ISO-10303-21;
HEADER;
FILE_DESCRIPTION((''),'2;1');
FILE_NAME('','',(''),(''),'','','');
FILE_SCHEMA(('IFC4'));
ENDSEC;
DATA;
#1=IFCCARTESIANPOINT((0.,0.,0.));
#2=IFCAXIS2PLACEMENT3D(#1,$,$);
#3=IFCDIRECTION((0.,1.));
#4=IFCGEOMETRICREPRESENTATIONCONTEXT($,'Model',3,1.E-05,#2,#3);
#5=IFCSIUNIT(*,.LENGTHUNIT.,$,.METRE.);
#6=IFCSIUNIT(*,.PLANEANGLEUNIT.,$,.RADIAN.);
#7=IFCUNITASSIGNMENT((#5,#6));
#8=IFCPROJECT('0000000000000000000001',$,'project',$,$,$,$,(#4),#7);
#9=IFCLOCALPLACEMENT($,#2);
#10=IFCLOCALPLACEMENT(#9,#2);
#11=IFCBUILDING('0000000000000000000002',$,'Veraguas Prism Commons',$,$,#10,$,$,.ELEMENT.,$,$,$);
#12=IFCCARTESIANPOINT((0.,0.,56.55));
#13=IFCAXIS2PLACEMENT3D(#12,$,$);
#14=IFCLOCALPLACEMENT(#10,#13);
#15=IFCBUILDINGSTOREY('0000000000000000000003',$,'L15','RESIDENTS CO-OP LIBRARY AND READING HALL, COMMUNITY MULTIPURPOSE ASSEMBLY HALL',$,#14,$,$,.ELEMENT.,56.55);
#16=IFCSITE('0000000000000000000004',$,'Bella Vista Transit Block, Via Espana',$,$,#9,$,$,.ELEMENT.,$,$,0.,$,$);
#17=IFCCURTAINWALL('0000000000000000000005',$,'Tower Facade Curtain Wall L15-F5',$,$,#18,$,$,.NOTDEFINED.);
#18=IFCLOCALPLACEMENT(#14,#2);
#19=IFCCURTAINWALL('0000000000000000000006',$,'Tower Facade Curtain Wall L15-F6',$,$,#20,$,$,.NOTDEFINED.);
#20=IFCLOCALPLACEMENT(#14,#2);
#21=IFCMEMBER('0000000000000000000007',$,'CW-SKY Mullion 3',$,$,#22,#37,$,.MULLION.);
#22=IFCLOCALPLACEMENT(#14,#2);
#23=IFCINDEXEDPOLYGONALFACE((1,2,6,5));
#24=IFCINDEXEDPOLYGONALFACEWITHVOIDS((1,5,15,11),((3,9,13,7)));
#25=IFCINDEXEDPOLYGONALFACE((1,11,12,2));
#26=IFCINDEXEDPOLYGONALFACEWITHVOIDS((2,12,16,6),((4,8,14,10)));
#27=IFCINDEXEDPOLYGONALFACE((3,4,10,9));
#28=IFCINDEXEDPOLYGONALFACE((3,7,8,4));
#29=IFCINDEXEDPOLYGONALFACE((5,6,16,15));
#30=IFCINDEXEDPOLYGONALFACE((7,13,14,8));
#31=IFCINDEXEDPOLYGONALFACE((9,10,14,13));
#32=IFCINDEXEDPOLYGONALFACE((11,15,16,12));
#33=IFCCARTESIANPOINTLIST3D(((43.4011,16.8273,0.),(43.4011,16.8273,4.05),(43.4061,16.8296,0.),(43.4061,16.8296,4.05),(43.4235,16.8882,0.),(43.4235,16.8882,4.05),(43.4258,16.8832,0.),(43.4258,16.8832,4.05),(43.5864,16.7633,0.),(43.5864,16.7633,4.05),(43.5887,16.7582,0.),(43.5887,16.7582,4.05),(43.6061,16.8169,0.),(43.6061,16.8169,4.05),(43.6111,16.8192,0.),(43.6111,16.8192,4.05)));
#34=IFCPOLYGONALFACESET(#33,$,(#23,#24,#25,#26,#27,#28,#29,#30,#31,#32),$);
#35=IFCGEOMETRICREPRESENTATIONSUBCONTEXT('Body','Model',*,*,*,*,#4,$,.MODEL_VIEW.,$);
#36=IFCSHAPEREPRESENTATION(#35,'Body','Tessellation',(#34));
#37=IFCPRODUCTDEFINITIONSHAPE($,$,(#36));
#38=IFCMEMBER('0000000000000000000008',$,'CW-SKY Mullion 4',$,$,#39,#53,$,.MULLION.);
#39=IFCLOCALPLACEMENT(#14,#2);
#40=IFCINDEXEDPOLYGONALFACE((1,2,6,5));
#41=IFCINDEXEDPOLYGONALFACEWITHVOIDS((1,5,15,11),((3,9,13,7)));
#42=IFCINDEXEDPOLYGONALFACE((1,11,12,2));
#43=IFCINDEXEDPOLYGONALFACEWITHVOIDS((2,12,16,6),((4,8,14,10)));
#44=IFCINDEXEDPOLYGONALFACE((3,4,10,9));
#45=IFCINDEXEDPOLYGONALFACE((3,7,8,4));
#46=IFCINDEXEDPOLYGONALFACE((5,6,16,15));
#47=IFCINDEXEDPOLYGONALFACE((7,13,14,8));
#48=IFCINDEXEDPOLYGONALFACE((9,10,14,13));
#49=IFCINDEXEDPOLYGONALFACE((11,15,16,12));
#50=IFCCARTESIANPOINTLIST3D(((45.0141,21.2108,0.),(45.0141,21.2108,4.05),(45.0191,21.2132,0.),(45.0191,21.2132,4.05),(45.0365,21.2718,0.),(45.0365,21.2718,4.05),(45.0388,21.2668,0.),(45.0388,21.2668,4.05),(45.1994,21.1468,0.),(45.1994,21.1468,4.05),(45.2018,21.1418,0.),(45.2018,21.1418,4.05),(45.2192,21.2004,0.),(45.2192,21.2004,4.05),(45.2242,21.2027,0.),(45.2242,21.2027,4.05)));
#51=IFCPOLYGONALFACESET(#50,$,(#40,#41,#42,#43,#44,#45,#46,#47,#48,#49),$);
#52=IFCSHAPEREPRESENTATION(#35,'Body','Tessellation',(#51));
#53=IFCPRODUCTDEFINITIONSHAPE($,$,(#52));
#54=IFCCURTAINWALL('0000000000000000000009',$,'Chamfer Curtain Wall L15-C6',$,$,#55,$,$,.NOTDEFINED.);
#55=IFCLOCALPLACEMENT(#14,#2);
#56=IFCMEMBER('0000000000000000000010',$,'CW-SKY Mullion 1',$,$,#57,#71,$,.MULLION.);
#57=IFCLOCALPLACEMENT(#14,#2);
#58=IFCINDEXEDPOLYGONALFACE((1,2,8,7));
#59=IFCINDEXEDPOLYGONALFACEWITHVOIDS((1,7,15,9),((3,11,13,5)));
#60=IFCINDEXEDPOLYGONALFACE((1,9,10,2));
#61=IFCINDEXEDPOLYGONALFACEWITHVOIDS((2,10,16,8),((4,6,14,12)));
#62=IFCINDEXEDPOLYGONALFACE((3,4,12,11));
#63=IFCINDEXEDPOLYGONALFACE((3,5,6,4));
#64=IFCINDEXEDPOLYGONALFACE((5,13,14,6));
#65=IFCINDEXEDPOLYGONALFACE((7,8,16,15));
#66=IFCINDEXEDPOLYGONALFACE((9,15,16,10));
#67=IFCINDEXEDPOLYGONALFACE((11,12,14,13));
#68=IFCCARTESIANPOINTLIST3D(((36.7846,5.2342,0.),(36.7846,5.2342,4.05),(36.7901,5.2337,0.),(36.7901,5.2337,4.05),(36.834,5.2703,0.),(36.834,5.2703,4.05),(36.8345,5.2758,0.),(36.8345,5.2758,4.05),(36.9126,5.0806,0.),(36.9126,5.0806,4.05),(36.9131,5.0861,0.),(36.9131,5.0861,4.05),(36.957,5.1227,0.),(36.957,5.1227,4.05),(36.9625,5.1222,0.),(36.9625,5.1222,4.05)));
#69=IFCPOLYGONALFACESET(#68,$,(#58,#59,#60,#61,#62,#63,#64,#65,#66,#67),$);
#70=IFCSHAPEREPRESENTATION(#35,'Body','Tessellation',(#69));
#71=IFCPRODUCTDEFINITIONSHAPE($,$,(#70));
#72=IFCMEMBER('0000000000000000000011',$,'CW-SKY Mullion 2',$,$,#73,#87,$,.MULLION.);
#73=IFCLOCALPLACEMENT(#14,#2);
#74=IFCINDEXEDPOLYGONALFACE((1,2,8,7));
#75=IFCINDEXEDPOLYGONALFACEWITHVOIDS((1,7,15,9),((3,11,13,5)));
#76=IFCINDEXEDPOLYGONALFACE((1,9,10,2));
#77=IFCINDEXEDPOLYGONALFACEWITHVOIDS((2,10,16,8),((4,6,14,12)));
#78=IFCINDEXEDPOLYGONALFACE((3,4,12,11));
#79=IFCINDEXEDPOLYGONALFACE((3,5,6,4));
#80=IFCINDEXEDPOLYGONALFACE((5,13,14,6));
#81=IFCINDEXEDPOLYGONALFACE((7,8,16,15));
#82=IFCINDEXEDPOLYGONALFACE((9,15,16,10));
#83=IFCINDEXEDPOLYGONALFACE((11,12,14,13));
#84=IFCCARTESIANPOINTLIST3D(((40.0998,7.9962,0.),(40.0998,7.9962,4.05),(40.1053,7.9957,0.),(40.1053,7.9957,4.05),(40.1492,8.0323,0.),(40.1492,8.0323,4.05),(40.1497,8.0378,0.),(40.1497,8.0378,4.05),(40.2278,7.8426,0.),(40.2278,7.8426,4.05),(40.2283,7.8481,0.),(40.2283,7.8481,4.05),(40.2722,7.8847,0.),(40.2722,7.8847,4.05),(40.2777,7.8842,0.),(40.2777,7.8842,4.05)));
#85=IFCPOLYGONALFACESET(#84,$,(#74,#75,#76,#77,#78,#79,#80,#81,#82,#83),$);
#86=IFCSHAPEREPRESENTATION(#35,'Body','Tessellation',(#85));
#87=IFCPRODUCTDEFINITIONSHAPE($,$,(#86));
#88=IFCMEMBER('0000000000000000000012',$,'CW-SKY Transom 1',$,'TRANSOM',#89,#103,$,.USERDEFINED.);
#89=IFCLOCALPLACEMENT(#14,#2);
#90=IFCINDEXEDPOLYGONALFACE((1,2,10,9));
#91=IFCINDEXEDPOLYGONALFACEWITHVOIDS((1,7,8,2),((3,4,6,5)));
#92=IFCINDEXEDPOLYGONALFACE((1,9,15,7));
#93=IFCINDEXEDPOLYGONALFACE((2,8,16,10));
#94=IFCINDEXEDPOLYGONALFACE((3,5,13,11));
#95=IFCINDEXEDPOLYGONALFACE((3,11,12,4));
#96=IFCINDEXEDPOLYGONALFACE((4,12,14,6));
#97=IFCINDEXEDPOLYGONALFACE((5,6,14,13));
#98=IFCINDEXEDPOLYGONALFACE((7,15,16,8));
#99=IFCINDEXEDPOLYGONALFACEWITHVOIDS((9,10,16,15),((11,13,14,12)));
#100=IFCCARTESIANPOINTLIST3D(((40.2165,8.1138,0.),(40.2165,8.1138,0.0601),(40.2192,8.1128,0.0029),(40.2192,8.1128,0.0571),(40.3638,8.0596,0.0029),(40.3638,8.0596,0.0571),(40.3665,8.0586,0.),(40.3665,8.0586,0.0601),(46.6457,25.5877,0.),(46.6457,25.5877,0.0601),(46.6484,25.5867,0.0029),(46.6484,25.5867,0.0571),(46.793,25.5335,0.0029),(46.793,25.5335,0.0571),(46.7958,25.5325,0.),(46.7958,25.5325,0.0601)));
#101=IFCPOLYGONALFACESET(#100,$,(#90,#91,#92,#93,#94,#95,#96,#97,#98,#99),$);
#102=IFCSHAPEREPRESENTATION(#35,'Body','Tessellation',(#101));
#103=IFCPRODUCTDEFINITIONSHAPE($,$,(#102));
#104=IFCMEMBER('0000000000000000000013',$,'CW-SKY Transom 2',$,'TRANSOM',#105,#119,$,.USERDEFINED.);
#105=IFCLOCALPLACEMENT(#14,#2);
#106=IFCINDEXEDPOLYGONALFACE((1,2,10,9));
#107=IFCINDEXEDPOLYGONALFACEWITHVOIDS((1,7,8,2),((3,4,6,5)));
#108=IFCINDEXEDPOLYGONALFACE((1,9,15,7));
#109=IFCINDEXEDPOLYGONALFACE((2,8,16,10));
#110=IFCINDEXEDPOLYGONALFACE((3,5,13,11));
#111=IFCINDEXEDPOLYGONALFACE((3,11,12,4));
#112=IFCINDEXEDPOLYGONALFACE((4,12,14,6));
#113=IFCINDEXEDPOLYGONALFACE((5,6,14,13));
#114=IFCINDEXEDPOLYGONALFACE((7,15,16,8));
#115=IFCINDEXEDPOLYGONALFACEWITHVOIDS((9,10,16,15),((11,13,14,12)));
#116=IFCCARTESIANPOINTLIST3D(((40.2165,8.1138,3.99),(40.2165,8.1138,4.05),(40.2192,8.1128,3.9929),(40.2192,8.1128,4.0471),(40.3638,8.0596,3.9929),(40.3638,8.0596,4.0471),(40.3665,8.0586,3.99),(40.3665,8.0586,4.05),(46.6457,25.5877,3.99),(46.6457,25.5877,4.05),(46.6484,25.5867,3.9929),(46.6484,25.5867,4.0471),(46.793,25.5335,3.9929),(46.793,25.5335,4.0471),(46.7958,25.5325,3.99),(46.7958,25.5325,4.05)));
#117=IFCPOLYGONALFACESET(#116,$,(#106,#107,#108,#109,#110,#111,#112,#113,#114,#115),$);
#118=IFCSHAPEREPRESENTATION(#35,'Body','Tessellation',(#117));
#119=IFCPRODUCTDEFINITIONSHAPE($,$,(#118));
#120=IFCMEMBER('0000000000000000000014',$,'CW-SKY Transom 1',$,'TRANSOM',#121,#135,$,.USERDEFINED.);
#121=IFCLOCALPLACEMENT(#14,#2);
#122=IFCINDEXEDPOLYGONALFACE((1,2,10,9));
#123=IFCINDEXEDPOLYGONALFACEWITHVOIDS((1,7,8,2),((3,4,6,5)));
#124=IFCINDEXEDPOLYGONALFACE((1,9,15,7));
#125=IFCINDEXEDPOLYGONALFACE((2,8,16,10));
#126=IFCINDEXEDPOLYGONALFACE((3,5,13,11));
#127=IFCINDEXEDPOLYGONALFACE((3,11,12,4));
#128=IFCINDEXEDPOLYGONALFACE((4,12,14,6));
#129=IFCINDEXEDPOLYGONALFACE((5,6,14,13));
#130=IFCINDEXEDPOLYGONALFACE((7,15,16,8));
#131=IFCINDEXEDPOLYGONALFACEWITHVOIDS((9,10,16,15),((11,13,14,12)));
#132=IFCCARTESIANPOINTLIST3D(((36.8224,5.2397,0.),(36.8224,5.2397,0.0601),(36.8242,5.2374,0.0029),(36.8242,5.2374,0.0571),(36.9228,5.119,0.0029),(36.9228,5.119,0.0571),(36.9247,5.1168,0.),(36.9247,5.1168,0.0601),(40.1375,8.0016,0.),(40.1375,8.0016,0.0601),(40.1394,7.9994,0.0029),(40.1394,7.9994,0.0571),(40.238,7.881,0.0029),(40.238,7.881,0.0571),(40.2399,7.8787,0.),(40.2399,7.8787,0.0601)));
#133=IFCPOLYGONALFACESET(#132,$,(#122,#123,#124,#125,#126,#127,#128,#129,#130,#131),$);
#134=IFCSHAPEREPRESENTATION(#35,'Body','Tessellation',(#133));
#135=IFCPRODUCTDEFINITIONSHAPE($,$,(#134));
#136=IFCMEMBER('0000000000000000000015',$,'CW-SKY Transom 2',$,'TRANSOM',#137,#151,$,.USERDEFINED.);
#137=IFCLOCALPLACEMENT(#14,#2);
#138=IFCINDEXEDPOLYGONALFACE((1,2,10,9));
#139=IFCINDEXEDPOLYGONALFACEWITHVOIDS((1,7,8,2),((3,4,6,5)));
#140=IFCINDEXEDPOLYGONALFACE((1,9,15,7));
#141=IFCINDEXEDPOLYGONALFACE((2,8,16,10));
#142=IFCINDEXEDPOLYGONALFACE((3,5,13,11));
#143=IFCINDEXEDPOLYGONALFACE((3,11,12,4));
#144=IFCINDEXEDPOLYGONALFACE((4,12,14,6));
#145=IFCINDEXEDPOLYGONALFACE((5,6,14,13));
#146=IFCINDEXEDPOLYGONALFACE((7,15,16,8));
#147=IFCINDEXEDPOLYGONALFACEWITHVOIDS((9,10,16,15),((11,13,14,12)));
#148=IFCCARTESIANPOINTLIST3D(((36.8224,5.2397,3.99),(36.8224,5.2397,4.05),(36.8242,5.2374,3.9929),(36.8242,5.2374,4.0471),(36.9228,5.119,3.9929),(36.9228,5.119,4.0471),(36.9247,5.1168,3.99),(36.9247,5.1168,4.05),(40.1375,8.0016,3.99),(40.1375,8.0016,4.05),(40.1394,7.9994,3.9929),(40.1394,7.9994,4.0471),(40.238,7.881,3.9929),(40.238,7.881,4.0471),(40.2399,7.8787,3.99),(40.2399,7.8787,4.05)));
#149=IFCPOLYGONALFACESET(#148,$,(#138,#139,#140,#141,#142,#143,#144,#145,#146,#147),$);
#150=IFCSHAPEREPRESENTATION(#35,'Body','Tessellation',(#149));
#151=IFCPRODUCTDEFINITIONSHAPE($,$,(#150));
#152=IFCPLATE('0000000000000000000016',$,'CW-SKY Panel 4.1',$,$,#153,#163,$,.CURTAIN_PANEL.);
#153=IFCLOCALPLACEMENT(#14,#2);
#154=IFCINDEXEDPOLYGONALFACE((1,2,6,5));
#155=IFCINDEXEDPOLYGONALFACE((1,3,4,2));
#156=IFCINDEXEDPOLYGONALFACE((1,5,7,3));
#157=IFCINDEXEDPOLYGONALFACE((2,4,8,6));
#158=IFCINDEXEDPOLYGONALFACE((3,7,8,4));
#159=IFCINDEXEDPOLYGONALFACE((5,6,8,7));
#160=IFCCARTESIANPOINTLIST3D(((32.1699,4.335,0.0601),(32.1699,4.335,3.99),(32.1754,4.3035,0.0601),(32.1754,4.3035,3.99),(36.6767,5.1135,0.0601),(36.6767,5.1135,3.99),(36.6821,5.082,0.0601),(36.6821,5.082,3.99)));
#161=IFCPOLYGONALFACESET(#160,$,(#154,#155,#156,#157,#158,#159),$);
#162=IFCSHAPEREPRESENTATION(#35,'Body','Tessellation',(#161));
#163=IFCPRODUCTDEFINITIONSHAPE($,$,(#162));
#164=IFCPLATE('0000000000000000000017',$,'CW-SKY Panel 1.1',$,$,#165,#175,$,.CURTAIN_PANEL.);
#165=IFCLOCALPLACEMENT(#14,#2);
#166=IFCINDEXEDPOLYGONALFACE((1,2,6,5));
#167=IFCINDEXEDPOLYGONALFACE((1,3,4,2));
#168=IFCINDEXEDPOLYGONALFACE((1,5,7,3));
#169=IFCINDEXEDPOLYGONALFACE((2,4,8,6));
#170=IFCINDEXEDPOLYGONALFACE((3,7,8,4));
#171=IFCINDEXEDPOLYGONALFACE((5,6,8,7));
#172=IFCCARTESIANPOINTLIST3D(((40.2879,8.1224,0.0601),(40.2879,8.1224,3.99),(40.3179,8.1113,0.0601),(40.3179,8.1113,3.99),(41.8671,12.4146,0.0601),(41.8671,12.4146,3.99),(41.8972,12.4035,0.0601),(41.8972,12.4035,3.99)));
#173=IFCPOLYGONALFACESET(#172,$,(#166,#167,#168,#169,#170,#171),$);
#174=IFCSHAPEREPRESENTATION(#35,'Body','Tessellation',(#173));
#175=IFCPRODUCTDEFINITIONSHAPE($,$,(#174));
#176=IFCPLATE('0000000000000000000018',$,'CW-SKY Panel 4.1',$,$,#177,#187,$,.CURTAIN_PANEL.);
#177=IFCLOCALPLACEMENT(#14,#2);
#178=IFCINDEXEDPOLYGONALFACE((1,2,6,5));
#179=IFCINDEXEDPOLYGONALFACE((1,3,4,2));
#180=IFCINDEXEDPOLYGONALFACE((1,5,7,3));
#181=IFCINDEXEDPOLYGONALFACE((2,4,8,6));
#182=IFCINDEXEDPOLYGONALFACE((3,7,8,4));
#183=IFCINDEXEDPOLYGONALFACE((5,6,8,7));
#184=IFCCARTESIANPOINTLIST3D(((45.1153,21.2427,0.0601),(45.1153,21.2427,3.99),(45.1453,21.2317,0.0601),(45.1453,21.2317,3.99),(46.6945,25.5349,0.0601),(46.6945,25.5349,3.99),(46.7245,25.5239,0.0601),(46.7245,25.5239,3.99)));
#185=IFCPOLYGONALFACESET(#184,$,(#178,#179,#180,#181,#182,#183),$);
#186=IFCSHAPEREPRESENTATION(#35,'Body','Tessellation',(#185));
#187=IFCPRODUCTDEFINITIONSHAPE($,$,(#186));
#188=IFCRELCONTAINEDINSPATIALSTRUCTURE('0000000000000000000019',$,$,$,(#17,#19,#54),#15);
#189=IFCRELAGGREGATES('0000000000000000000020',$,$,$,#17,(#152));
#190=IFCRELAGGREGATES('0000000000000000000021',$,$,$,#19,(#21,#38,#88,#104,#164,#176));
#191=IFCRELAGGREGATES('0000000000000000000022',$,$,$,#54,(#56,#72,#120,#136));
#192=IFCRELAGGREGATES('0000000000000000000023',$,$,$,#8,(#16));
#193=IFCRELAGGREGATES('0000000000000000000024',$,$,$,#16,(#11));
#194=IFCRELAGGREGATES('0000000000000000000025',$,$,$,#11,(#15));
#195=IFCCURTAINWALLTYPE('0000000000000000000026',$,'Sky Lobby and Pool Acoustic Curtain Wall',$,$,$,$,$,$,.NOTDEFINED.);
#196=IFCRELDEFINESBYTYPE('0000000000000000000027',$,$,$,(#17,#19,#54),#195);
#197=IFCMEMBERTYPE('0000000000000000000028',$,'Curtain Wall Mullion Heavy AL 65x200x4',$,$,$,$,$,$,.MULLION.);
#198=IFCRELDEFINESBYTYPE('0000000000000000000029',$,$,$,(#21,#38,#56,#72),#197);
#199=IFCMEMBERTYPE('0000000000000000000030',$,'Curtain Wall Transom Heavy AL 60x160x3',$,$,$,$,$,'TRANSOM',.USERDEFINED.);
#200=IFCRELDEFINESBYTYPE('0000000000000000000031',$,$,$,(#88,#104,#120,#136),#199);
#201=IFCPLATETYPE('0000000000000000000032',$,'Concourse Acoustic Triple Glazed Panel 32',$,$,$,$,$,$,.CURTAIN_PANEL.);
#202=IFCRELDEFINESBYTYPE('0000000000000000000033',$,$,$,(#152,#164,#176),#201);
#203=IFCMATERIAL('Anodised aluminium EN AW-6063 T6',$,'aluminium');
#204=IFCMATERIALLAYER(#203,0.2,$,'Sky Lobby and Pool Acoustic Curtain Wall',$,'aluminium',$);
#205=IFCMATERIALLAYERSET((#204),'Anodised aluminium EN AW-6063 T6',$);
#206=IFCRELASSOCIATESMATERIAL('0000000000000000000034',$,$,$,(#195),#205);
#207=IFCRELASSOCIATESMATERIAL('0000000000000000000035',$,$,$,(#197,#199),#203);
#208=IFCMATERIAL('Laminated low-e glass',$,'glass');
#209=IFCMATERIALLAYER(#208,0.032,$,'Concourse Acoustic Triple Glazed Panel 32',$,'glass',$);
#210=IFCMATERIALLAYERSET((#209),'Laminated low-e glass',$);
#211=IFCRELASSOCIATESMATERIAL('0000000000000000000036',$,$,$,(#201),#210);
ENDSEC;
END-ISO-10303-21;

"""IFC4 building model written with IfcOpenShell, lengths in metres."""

from ifc_helpers import new_model, si_unit, direction, frame, origin, origin_2d, place, context, subcontext, project, spatial, rectangle, hollow_rectangle, extrude, source, transform, mapped, material, layer, layer_set, material_profile, profile_set, type_object, element, aggregate, save


model = new_model("IFC4")

# Units and contexts
model_context = context("Model", 3, precision=1e-05, world=origin(), true_north=direction((0.0, 1.0)))
body_context = subcontext(model_context, "Body", "Model", "MODEL_VIEW")
ifc_project = project(units=[si_unit("LENGTHUNIT", "METRE"), si_unit("PLANEANGLEUNIT", "RADIAN")], contexts=[model_context])

# Site, building, storey
site_placement = place(None, origin())
site = spatial("IfcSite", under=ifc_project, at=site_placement, Name="Bella Vista Transit Block, Via Espana", CompositionType="ELEMENT", RefElevation=0.0)
building_placement = place(site_placement, origin())
building = spatial("IfcBuilding", under=site, at=building_placement, Name="Veraguas Prism Commons", CompositionType="ELEMENT")
storey_placement = place(building_placement, frame((0.0, 0.0, 56.55)))
storey = spatial("IfcBuildingStorey", under=building, at=storey_placement, Name="L15", Description="RESIDENTS CO-OP LIBRARY AND READING HALL, COMMUNITY MULTIPURPOSE ASSEMBLY HALL", CompositionType="ELEMENT", Elevation=56.55)

# Curtain walls, members
ifc_material_1 = material(Name="Anodised aluminium EN AW-6063 T6", Category="aluminium")
ifc_layer_1 = layer(ifc_material_1, 0.2, Name="Sky Lobby and Pool Acoustic Curtain Wall", Category="aluminium")
ifc_layer_set_1 = layer_set([ifc_layer_1], Name="Anodised aluminium EN AW-6063 T6")
curtain_wall_type = type_object("IfcCurtainWallType", Name="Sky Lobby and Pool Acoustic Curtain Wall", PredefinedType="NOTDEFINED", material=ifc_layer_set_1)
curtain_wall_1_placement = place(storey_placement, origin())
curtain_wall_1 = element("IfcCurtainWall", 1, at=curtain_wall_1_placement, inside=storey, type_object=curtain_wall_type, Name="Tower Facade Curtain Wall L15-F5", PredefinedType="NOTDEFINED")
ifc_material_profile_1 = material_profile(ifc_material_1, hollow_rectangle(XDim=0.0649, YDim=0.2, WallThickness=0.0039, at=origin_2d()), Name="AL65X200X4")
ifc_profile_set_1 = profile_set([ifc_material_profile_1], Name="Anodised aluminium EN AW-6063 T6")
member_type_1 = type_object("IfcMemberType", Name="Curtain Wall Mullion Heavy AL 65x200x4", PredefinedType="MULLION", material=ifc_profile_set_1)
shared_shape_1 = source(origin(), body_context, "Body", "SweptSolid", [
    extrude(hollow_rectangle(XDim=0.0649, YDim=0.2, WallThickness=0.0039, at=origin_2d()), origin(), (0.0, 0.0, 1.0), 4.05),
])
curtain_wall_2_placement = place(storey_placement, origin())
curtain_wall_2 = element("IfcCurtainWall", 2, at=curtain_wall_2_placement, inside=storey, type_object=curtain_wall_type, Name="Tower Facade Curtain Wall L15-F6", PredefinedType="NOTDEFINED")
member_1_placement = place(storey_placement, frame((43.5061, 16.8232, 0.0), z_axis=(0.0, 0.0, 1.0), x_axis=(0.345301, 0.938492, 0.0)))
member_1 = element("IfcMember", 3, at=member_1_placement, type_object=member_type_1, Name="CW-SKY Mullion 3", PredefinedType="MULLION", context=body_context, shape_type="MappedRepresentation", body=[
    mapped(shared_shape_1, transform((0.0, 0.0, 0.0), scale=1.0)),
])
member_2_placement = place(storey_placement, frame((45.1191, 21.2068, 0.0), z_axis=(0.0, 0.0, 1.0), x_axis=(0.345301, 0.938492, 0.0)))
member_2 = element("IfcMember", 4, at=member_2_placement, type_object=member_type_1, Name="CW-SKY Mullion 4", PredefinedType="MULLION", context=body_context, shape_type="MappedRepresentation", body=[
    mapped(shared_shape_1, transform((0.0, 0.0, 0.0), scale=1.0)),
])
curtain_wall_3_placement = place(storey_placement, origin())
curtain_wall_3 = element("IfcCurtainWall", 5, at=curtain_wall_3_placement, inside=storey, type_object=curtain_wall_type, Name="Chamfer Curtain Wall L15-C6", PredefinedType="NOTDEFINED")
member_3_placement = place(storey_placement, frame((36.8735, 5.1782, 0.0), z_axis=(0.0, 0.0, 1.0), x_axis=(0.768273, 0.640122, 0.0)))
member_3 = element("IfcMember", 6, at=member_3_placement, type_object=member_type_1, Name="CW-SKY Mullion 1", PredefinedType="MULLION", context=body_context, shape_type="MappedRepresentation", body=[
    mapped(shared_shape_1, transform((0.0, 0.0, 0.0), scale=1.0)),
])
member_4_placement = place(storey_placement, frame((40.1887, 7.9402, 0.0), z_axis=(0.0, 0.0, 1.0), x_axis=(0.768273, 0.640122, 0.0)))
member_4 = element("IfcMember", 7, at=member_4_placement, type_object=member_type_1, Name="CW-SKY Mullion 2", PredefinedType="MULLION", context=body_context, shape_type="MappedRepresentation", body=[
    mapped(shared_shape_1, transform((0.0, 0.0, 0.0), scale=1.0)),
])

# Members
ifc_material_profile_2 = material_profile(ifc_material_1, hollow_rectangle(XDim=0.0601, YDim=0.1599, WallThickness=0.0029, at=origin_2d()), Name="AL60X160X3")
ifc_profile_set_2 = profile_set([ifc_material_profile_2], Name="Anodised aluminium EN AW-6063 T6")
member_type_2 = type_object("IfcMemberType", Name="Curtain Wall Transom Heavy AL 60x160x3", ElementType="TRANSOM", PredefinedType="USERDEFINED", material=ifc_profile_set_2)
shared_shape_2 = source(origin(), body_context, "Body", "SweptSolid", [
    extrude(hollow_rectangle(XDim=0.0601, YDim=0.1599, WallThickness=0.0029, at=origin_2d()), origin(), (0.0, 0.0, 1.0), 18.6191),
])
member_5_placement = place(storey_placement, frame((40.2915, 8.0862, 0.03), z_axis=(0.345301, 0.938492, 0.0), x_axis=(0.0, 0.0, 1.0)))
member_5 = element("IfcMember", 8, at=member_5_placement, type_object=member_type_2, Name="CW-SKY Transom 1", ObjectType="TRANSOM", PredefinedType="USERDEFINED", context=body_context, shape_type="MappedRepresentation", body=[
    mapped(shared_shape_2, transform((0.0, 0.0, 0.0), scale=1.0)),
])
member_6_placement = place(storey_placement, frame((40.2915, 8.0862, 4.02), z_axis=(0.345301, 0.938492, 0.0), x_axis=(0.0, 0.0, 1.0)))
member_6 = element("IfcMember", 9, at=member_6_placement, type_object=member_type_2, Name="CW-SKY Transom 2", ObjectType="TRANSOM", PredefinedType="USERDEFINED", context=body_context, shape_type="MappedRepresentation", body=[
    mapped(shared_shape_2, transform((0.0, 0.0, 0.0), scale=1.0)),
])
shared_shape_3 = source(origin(), body_context, "Body", "SweptSolid", [
    extrude(hollow_rectangle(XDim=0.0601, YDim=0.1599, WallThickness=0.0029, at=origin_2d()), origin(), (0.0, 0.0, 1.0), 4.3149),
])
member_7_placement = place(storey_placement, frame((36.8735, 5.1782, 0.03), z_axis=(0.7683, 0.64009, 0.0), x_axis=(0.0, 0.0, 1.0)))
member_7 = element("IfcMember", 10, at=member_7_placement, type_object=member_type_2, Name="CW-SKY Transom 1", ObjectType="TRANSOM", PredefinedType="USERDEFINED", context=body_context, shape_type="MappedRepresentation", body=[
    mapped(shared_shape_3, transform((0.0, 0.0, 0.0), scale=1.0)),
])
member_8_placement = place(storey_placement, frame((36.8735, 5.1782, 4.02), z_axis=(0.7683, 0.64009, 0.0), x_axis=(0.0, 0.0, 1.0)))
member_8 = element("IfcMember", 11, at=member_8_placement, type_object=member_type_2, Name="CW-SKY Transom 2", ObjectType="TRANSOM", PredefinedType="USERDEFINED", context=body_context, shape_type="MappedRepresentation", body=[
    mapped(shared_shape_3, transform((0.0, 0.0, 0.0), scale=1.0)),
])

# Plates
ifc_material_2 = material(Name="Laminated low-e glass", Category="glass")
ifc_layer_2 = layer(ifc_material_2, 0.032, Name="Concourse Acoustic Triple Glazed Panel 32", Category="glass")
ifc_layer_set_2 = layer_set([ifc_layer_2], Name="Laminated low-e glass")
plate_type = type_object("IfcPlateType", Name="Concourse Acoustic Triple Glazed Panel 32", PredefinedType="CURTAIN_PANEL", material=ifc_layer_set_2)
shared_shape_4 = source(origin(), body_context, "Body", "SweptSolid", [
    extrude(rectangle(XDim=4.5735, YDim=0.032, at=origin_2d()), origin(), (0.0, 0.0, 1.0), 3.9299),
])
plate_1_placement = place(storey_placement, frame((34.426, 4.7085, 0.0601), z_axis=(0.0, 0.0, 1.0), x_axis=(0.985408, 0.170209, 0.0)))
plate_1 = element("IfcPlate", 12, at=plate_1_placement, type_object=plate_type, Name="CW-SKY Panel 4.1", PredefinedType="CURTAIN_PANEL", context=body_context, shape_type="MappedRepresentation", body=[
    mapped(shared_shape_4, transform((0.0, 0.0, 0.0), scale=1.0)),
])
aggregate(curtain_wall_1, [plate_1])
plate_2_placement = place(storey_placement, frame((41.0925, 10.2629, 0.0601), z_axis=(0.0, 0.0, 1.0), x_axis=(0.345301, 0.938492, 0.0)))
plate_2 = element("IfcPlate", 13, at=plate_2_placement, type_object=plate_type, Name="CW-SKY Panel 1.1", PredefinedType="CURTAIN_PANEL", context=body_context, shape_type="MappedRepresentation", body=[
    mapped(shared_shape_4, transform((0.0, 0.0, 0.0), scale=1.0)),
])
plate_3_placement = place(storey_placement, frame((45.9199, 23.3833, 0.0601), z_axis=(0.0, 0.0, 1.0), x_axis=(0.345301, 0.938492, 0.0)))
plate_3 = element("IfcPlate", 14, at=plate_3_placement, type_object=plate_type, Name="CW-SKY Panel 4.1", PredefinedType="CURTAIN_PANEL", context=body_context, shape_type="MappedRepresentation", body=[
    mapped(shared_shape_4, transform((0.0, 0.0, 0.0), scale=1.0)),
])
aggregate(curtain_wall_2, [member_1, member_2, member_5, member_6, plate_2, plate_3])
aggregate(curtain_wall_3, [member_3, member_4, member_7, member_8])

save(model, "model.ifc")
